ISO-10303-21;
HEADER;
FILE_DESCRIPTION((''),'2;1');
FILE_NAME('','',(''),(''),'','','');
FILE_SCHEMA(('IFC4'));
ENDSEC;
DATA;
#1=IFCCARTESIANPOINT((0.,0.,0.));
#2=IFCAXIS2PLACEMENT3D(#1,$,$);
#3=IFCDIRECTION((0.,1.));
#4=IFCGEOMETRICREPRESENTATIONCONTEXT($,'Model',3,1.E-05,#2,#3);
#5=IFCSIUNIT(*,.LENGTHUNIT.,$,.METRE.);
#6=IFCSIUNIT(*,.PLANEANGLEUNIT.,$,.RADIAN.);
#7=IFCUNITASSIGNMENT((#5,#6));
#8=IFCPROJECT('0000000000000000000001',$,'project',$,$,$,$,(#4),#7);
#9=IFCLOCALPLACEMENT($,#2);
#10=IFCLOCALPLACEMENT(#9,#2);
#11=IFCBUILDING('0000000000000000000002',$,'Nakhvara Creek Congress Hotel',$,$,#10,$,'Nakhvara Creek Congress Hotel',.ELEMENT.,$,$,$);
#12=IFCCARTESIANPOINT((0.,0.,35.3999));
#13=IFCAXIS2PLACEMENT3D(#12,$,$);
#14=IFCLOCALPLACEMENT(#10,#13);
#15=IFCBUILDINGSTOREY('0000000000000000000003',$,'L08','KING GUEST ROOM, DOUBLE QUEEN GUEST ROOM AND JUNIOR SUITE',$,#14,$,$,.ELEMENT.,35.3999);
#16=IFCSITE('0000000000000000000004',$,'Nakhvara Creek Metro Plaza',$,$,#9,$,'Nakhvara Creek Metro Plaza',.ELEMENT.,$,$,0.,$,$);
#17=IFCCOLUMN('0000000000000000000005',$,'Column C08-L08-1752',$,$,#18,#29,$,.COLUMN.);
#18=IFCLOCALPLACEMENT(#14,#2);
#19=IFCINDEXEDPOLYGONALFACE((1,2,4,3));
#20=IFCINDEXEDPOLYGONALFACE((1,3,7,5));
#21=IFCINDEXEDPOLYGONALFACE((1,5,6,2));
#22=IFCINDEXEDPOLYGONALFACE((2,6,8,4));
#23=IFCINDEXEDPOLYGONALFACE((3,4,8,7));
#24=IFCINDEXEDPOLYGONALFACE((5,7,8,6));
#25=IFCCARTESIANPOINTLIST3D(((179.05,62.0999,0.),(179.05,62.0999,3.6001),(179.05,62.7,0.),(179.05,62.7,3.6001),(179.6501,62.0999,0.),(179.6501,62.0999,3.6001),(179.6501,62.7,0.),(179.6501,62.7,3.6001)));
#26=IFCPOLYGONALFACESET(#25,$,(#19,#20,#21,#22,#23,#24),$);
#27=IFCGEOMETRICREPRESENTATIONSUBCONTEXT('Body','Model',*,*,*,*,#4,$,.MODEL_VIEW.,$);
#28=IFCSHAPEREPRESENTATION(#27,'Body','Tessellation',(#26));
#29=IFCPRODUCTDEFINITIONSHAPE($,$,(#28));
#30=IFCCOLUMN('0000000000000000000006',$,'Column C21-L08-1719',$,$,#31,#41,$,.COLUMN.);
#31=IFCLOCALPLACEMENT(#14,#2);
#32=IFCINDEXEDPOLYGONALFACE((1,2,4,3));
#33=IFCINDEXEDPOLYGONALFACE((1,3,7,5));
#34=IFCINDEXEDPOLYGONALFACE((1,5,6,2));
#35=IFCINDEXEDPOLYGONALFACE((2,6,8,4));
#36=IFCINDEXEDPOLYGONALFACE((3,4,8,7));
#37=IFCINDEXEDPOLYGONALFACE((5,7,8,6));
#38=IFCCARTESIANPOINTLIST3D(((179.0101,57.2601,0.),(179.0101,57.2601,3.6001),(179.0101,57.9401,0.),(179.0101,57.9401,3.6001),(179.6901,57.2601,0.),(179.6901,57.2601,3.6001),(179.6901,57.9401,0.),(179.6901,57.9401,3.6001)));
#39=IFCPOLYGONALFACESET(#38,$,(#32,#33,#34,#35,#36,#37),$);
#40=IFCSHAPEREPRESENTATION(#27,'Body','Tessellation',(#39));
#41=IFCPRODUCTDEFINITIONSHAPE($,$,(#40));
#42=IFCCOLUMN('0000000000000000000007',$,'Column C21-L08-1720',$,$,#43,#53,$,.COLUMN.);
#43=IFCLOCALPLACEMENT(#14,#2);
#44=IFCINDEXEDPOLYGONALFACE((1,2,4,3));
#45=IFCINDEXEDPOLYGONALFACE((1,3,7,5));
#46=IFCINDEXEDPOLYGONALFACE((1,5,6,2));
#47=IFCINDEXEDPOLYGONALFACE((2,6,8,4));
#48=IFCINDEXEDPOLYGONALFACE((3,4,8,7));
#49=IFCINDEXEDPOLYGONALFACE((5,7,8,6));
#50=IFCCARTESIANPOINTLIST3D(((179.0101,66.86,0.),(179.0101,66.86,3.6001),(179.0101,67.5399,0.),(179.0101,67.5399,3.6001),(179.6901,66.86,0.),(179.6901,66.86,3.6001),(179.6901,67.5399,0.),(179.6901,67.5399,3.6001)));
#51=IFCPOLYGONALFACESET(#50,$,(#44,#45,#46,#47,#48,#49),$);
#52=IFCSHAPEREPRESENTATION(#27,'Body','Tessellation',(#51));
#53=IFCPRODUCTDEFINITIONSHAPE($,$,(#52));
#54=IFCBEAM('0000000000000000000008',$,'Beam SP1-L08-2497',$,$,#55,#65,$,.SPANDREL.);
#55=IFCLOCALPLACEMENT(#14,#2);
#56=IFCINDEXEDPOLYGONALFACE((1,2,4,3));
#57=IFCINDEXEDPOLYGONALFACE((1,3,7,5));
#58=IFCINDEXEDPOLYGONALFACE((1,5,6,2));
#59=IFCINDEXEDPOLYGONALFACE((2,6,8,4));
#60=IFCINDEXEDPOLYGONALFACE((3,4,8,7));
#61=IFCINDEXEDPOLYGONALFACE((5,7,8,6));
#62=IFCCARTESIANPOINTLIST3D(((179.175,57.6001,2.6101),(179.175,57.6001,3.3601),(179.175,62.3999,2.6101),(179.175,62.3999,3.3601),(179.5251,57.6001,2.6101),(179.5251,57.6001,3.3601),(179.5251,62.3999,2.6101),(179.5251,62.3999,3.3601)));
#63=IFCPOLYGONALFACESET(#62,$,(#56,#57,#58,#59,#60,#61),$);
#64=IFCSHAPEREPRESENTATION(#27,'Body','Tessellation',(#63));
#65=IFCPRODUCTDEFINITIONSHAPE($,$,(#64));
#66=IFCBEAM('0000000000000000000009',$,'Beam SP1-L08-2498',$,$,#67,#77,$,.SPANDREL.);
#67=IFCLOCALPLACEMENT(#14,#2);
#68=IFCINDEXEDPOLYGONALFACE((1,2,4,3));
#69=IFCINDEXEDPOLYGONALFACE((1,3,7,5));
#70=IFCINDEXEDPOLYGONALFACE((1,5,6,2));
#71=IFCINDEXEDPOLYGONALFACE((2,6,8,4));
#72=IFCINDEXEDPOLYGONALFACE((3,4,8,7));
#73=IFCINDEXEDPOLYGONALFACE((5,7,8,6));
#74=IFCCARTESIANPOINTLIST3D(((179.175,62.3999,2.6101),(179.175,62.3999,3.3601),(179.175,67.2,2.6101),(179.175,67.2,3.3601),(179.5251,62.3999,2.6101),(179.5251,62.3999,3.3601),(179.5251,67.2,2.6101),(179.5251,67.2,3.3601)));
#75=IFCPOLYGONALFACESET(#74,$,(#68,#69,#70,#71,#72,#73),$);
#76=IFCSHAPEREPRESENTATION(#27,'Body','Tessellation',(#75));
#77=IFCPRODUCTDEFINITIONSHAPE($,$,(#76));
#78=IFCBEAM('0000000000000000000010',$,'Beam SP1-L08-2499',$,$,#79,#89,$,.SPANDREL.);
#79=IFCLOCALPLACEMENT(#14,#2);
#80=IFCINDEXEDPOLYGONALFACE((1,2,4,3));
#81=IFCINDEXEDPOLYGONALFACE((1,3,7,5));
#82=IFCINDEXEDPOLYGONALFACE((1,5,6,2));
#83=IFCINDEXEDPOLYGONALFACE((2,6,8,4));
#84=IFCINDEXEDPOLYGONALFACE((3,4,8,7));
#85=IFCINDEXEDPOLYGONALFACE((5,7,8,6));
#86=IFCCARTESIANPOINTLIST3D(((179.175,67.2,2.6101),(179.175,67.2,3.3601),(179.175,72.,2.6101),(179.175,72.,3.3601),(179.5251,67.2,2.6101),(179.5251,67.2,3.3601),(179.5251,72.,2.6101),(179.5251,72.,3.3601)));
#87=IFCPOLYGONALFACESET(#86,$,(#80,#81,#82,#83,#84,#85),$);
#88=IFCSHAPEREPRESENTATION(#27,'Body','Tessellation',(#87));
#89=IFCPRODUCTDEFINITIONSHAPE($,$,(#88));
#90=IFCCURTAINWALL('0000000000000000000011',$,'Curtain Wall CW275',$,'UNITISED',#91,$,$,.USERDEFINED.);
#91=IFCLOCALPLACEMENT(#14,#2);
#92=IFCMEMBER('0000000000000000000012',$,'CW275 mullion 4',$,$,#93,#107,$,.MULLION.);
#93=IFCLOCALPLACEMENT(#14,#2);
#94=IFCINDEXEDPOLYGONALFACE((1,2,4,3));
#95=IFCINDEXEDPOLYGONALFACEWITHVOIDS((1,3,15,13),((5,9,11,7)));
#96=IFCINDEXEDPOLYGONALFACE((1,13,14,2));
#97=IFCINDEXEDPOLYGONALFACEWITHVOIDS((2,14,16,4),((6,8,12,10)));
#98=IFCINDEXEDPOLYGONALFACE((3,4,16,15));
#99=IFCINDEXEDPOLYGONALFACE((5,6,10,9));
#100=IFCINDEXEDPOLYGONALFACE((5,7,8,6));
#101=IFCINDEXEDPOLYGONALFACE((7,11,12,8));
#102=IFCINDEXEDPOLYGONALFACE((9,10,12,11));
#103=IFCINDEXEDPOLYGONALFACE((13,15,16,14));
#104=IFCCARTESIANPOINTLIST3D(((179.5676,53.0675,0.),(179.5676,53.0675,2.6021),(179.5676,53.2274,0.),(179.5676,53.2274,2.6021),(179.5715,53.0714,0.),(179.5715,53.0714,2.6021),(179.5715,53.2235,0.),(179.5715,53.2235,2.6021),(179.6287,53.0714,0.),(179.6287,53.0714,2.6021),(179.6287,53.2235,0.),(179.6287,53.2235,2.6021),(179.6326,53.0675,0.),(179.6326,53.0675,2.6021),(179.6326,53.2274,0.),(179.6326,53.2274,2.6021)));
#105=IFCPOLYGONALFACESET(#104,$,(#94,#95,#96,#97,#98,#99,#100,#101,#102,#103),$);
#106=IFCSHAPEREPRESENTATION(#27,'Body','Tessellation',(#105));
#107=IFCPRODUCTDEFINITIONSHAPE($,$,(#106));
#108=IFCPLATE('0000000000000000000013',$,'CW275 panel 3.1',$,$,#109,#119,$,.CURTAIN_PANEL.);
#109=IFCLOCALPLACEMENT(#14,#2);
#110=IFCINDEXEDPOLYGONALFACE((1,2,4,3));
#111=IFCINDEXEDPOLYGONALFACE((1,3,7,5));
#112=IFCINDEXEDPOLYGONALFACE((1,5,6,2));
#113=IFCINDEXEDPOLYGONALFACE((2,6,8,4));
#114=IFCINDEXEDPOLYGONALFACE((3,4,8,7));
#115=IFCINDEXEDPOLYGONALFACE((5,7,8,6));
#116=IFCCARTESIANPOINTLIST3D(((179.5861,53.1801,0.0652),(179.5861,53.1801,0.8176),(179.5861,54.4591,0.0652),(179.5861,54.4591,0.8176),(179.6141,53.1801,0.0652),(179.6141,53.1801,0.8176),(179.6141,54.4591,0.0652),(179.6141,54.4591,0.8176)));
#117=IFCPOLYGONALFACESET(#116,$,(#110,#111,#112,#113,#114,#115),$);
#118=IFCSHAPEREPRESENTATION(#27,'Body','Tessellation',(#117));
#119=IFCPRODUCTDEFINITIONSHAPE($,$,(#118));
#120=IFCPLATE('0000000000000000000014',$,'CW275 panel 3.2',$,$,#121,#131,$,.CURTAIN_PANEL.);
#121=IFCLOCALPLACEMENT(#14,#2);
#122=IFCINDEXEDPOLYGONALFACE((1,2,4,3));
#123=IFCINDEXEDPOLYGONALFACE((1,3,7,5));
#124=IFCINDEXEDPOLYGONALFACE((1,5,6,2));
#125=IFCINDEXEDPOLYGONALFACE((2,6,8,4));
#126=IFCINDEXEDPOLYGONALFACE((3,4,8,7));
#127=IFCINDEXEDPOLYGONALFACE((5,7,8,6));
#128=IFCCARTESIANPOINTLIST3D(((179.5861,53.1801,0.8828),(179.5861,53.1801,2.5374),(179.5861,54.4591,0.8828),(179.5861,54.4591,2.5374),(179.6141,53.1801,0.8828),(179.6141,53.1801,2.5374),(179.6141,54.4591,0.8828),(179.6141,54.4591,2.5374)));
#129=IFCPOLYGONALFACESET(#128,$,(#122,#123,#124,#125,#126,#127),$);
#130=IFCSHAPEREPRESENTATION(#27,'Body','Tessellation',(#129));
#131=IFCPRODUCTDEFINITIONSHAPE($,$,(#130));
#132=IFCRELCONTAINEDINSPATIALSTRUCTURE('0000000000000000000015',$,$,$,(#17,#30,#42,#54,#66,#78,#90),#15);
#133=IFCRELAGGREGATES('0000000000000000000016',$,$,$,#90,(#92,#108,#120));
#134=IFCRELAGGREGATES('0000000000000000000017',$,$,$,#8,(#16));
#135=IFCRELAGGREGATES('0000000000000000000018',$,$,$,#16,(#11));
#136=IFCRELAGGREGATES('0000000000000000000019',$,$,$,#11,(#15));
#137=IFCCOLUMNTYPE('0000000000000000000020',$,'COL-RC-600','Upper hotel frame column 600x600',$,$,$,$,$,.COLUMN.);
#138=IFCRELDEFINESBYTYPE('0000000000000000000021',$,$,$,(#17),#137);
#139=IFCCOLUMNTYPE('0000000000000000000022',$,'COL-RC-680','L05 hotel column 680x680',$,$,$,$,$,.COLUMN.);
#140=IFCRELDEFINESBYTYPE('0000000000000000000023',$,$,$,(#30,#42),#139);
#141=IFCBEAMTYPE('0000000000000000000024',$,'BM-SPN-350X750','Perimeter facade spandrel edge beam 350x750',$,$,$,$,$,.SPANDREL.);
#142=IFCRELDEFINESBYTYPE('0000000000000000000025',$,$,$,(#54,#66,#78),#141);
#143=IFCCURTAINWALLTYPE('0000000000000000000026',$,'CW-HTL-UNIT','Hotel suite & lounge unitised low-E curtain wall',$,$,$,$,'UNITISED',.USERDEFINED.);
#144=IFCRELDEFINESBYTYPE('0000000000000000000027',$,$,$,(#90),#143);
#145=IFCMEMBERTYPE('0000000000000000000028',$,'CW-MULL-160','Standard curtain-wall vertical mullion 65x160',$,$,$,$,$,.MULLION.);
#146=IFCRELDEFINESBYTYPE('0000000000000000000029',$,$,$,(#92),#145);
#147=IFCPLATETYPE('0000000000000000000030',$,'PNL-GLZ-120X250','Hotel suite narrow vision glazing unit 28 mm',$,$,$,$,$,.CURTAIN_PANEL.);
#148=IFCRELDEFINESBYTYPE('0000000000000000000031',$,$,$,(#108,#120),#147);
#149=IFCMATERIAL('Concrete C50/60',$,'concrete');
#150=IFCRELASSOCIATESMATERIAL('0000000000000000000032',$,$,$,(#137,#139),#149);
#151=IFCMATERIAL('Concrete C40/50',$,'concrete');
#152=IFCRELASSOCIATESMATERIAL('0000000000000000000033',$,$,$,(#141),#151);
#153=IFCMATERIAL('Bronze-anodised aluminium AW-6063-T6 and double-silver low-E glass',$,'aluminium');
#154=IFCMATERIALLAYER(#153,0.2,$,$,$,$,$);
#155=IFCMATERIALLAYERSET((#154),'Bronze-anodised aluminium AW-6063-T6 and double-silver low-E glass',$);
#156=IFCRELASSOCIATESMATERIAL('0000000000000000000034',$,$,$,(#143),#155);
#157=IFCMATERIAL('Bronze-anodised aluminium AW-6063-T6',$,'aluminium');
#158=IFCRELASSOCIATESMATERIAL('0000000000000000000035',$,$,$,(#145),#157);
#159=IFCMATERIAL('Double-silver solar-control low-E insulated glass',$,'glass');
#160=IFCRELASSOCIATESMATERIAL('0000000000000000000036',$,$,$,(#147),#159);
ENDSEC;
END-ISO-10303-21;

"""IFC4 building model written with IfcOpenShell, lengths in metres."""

from ifc_helpers import new_model, si_unit, direction, frame, origin, origin_2d, place, context, subcontext, project, spatial, rectangle, hollow_rectangle, extrude, material, layer, layer_set, material_profile, profile_set, type_object, element, aggregate, save


model = new_model("IFC4")

# Units and contexts
model_context = context("Model", 3, precision=1e-05, world=origin(), true_north=direction((0.0, 1.0)))
body_context = subcontext(model_context, "Body", "Model", "MODEL_VIEW")
ifc_project = project(units=[si_unit("LENGTHUNIT", "METRE"), si_unit("PLANEANGLEUNIT", "RADIAN")], contexts=[model_context])

# Site, building, storey
site_placement = place(None, origin())
site = spatial("IfcSite", under=ifc_project, at=site_placement, Name="Nakhvara Creek Metro Plaza", LongName="Nakhvara Creek Metro Plaza", CompositionType="ELEMENT", RefElevation=0.0)
building_placement = place(site_placement, origin())
building = spatial("IfcBuilding", under=site, at=building_placement, Name="Nakhvara Creek Congress Hotel", LongName="Nakhvara Creek Congress Hotel", CompositionType="ELEMENT")
storey_placement = place(building_placement, frame((0.0, 0.0, 35.3999)))
storey = spatial("IfcBuildingStorey", under=building, at=storey_placement, Name="L08", Description="KING GUEST ROOM, DOUBLE QUEEN GUEST ROOM AND JUNIOR SUITE", CompositionType="ELEMENT", Elevation=35.3999)

# Columns
ifc_material_1 = material(Name="Concrete C50/60", Category="concrete")
ifc_material_profile_1 = material_profile(ifc_material_1, rectangle(XDim=0.6001, YDim=0.6001, at=origin_2d()), Name="RC-COL 600x600", Category="LoadBearing")
ifc_profile_set_1 = profile_set([ifc_material_profile_1], Name="Concrete C50/60")
column_type_1 = type_object("IfcColumnType", Name="COL-RC-600", Description="Upper hotel frame column 600x600", PredefinedType="COLUMN", material=ifc_profile_set_1)
column_placement = place(storey_placement, frame((179.3501, 62.3999, 0.0), z_axis=(0.0, 0.0, 1.0), x_axis=(1.0, 0.0, 0.0)))
element("IfcColumn", 1, at=column_placement, inside=storey, type_object=column_type_1, Name="Column C08-L08-1752", PredefinedType="COLUMN", context=body_context, shape_type="SweptSolid", body=[
    extrude(rectangle(XDim=0.6001, YDim=0.6001, at=origin_2d()), origin(), (0.0, 0.0, 1.0), 3.6001),
])
ifc_material_profile_2 = material_profile(ifc_material_1, rectangle(XDim=0.6799, YDim=0.6799, at=origin_2d()), Name="RC-COL 680x680", Category="LoadBearing")
ifc_profile_set_2 = profile_set([ifc_material_profile_2], Name="Concrete C50/60")
column_type_2 = type_object("IfcColumnType", Name="COL-RC-680", Description="L05 hotel column 680x680", PredefinedType="COLUMN", material=ifc_profile_set_2)
for number, where, z_axis, x_axis, name in (
    (2, (179.3501, 57.6001, 0.0), (0.0, 0.0, 1.0), (1.0, 0.0, 0.0), "Column C21-L08-1719"),
    (3, (179.3501, 67.2, 0.0), (0.0, 0.0, 1.0), (1.0, 0.0, 0.0), "Column C21-L08-1720"),
):
    element("IfcColumn", number, at=place(storey_placement, frame(where, z_axis=z_axis, x_axis=x_axis)), inside=storey, type_object=column_type_2, Name=name, PredefinedType="COLUMN", context=body_context, shape_type="SweptSolid", body=[
        extrude(rectangle(XDim=0.6799, YDim=0.6799, at=origin_2d()), origin(), (0.0, 0.0, 1.0), 3.6001),
    ])

# Beams
ifc_material_2 = material(Name="Concrete C40/50", Category="concrete")
ifc_material_profile_3 = material_profile(ifc_material_2, rectangle(XDim=0.3501, YDim=0.75, at=origin_2d()), Name="RC-SPANDREL 350x750", Category="LoadBearing")
ifc_profile_set_3 = profile_set([ifc_material_profile_3], Name="Concrete C40/50")
beam_type = type_object("IfcBeamType", Name="BM-SPN-350X750", Description="Perimeter facade spandrel edge beam 350x750", PredefinedType="SPANDREL", material=ifc_profile_set_3)
beam_placement = place(storey_placement, frame((179.3501, 57.6001, 2.9851), z_axis=(0.0, 1.0, 0.0), x_axis=(-1.0, 0.0, 0.0)))
element("IfcBeam", 4, at=beam_placement, inside=storey, type_object=beam_type, Name="Beam SP1-L08-2497", PredefinedType="SPANDREL", context=body_context, shape_type="SweptSolid", body=[
    extrude(rectangle(XDim=0.3501, YDim=0.75, at=origin_2d()), origin(), (0.0, 0.0, 1.0), 4.7998),
])
for number, where, z_axis, x_axis, name in (
    (5, (179.3501, 62.3999, 2.9851), (0.0, 1.0, 0.0), (-1.0, 0.0, 0.0), "Beam SP1-L08-2498"),
    (6, (179.3501, 67.2, 2.9851), (0.0, 1.0, 0.0), (-1.0, 0.0, 0.0), "Beam SP1-L08-2499"),
):
    element("IfcBeam", number, at=place(storey_placement, frame(where, z_axis=z_axis, x_axis=x_axis)), inside=storey, type_object=beam_type, Name=name, PredefinedType="SPANDREL", context=body_context, shape_type="SweptSolid", body=[
        extrude(rectangle(XDim=0.3501, YDim=0.75, at=origin_2d()), origin(), (0.0, 0.0, 1.0), 4.8),
    ])

# Curtain wall, member, plates
ifc_material_3 = material(Name="Bronze-anodised aluminium AW-6063-T6 and double-silver low-E glass", Category="aluminium")
ifc_layer_1 = layer(ifc_material_3, 0.2)
ifc_layer_set_1 = layer_set([ifc_layer_1], Name="Bronze-anodised aluminium AW-6063-T6 and double-silver low-E glass")
curtain_wall_type = type_object("IfcCurtainWallType", Name="CW-HTL-UNIT", Description="Hotel suite & lounge unitised low-E curtain wall", ElementType="UNITISED", PredefinedType="USERDEFINED", material=ifc_layer_set_1)
curtain_wall_placement = place(storey_placement, origin())
curtain_wall = element("IfcCurtainWall", 7, at=curtain_wall_placement, inside=storey, type_object=curtain_wall_type, Name="Curtain Wall CW275", ObjectType="UNITISED", PredefinedType="USERDEFINED")
ifc_material_4 = material(Name="Bronze-anodised aluminium AW-6063-T6", Category="aluminium")
ifc_material_profile_4 = material_profile(ifc_material_4, hollow_rectangle(XDim=0.0649, YDim=0.1599, WallThickness=0.0039, at=origin_2d()), Name="ALU-MULL 65x160x4", Category="LoadBearing")
ifc_profile_set_4 = profile_set([ifc_material_profile_4], Name="Bronze-anodised aluminium AW-6063-T6")
member_type = type_object("IfcMemberType", Name="CW-MULL-160", Description="Standard curtain-wall vertical mullion 65x160", PredefinedType="MULLION", material=ifc_profile_set_4)
member_placement = place(storey_placement, frame((179.6001, 53.1475, 0.0), z_axis=(0.0, 0.0, 1.0), x_axis=(1.0, 0.0, 0.0)))
member = element("IfcMember", 8, at=member_placement, type_object=member_type, Name="CW275 mullion 4", PredefinedType="MULLION", context=body_context, shape_type="SweptSolid", body=[
    extrude(hollow_rectangle(XDim=0.0649, YDim=0.1599, WallThickness=0.0039, at=origin_2d()), origin(), (0.0, 0.0, 1.0), 2.6021),
])
ifc_material_5 = material(Name="Double-silver solar-control low-E insulated glass", Category="glass")
plate_type = type_object("IfcPlateType", Name="PNL-GLZ-120X250", Description="Hotel suite narrow vision glazing unit 28 mm", PredefinedType="CURTAIN_PANEL", material=ifc_material_5)
plate_1_placement = place(storey_placement, frame((179.6001, 53.8196, 0.0652), z_axis=(0.0, 0.0, 1.0), x_axis=(0.0, -1.0, 0.0)))
plate_1 = element("IfcPlate", 9, at=plate_1_placement, type_object=plate_type, Name="CW275 panel 3.1", PredefinedType="CURTAIN_PANEL", context=body_context, shape_type="SweptSolid", body=[
    extrude(rectangle(XDim=1.2791, YDim=0.0281, at=origin_2d()), origin(), (0.0, 0.0, 1.0), 0.7524),
])
plate_2_placement = place(storey_placement, frame((179.6001, 53.8196, 0.8828), z_axis=(0.0, 0.0, 1.0), x_axis=(0.0, -1.0, 0.0)))
plate_2 = element("IfcPlate", 10, at=plate_2_placement, type_object=plate_type, Name="CW275 panel 3.2", PredefinedType="CURTAIN_PANEL", context=body_context, shape_type="SweptSolid", body=[
    extrude(rectangle(XDim=1.2791, YDim=0.0281, at=origin_2d()), origin(), (0.0, 0.0, 1.0), 1.6545),
])
aggregate(curtain_wall, [member, plate_1, plate_2])

save(model, "model.ifc")
